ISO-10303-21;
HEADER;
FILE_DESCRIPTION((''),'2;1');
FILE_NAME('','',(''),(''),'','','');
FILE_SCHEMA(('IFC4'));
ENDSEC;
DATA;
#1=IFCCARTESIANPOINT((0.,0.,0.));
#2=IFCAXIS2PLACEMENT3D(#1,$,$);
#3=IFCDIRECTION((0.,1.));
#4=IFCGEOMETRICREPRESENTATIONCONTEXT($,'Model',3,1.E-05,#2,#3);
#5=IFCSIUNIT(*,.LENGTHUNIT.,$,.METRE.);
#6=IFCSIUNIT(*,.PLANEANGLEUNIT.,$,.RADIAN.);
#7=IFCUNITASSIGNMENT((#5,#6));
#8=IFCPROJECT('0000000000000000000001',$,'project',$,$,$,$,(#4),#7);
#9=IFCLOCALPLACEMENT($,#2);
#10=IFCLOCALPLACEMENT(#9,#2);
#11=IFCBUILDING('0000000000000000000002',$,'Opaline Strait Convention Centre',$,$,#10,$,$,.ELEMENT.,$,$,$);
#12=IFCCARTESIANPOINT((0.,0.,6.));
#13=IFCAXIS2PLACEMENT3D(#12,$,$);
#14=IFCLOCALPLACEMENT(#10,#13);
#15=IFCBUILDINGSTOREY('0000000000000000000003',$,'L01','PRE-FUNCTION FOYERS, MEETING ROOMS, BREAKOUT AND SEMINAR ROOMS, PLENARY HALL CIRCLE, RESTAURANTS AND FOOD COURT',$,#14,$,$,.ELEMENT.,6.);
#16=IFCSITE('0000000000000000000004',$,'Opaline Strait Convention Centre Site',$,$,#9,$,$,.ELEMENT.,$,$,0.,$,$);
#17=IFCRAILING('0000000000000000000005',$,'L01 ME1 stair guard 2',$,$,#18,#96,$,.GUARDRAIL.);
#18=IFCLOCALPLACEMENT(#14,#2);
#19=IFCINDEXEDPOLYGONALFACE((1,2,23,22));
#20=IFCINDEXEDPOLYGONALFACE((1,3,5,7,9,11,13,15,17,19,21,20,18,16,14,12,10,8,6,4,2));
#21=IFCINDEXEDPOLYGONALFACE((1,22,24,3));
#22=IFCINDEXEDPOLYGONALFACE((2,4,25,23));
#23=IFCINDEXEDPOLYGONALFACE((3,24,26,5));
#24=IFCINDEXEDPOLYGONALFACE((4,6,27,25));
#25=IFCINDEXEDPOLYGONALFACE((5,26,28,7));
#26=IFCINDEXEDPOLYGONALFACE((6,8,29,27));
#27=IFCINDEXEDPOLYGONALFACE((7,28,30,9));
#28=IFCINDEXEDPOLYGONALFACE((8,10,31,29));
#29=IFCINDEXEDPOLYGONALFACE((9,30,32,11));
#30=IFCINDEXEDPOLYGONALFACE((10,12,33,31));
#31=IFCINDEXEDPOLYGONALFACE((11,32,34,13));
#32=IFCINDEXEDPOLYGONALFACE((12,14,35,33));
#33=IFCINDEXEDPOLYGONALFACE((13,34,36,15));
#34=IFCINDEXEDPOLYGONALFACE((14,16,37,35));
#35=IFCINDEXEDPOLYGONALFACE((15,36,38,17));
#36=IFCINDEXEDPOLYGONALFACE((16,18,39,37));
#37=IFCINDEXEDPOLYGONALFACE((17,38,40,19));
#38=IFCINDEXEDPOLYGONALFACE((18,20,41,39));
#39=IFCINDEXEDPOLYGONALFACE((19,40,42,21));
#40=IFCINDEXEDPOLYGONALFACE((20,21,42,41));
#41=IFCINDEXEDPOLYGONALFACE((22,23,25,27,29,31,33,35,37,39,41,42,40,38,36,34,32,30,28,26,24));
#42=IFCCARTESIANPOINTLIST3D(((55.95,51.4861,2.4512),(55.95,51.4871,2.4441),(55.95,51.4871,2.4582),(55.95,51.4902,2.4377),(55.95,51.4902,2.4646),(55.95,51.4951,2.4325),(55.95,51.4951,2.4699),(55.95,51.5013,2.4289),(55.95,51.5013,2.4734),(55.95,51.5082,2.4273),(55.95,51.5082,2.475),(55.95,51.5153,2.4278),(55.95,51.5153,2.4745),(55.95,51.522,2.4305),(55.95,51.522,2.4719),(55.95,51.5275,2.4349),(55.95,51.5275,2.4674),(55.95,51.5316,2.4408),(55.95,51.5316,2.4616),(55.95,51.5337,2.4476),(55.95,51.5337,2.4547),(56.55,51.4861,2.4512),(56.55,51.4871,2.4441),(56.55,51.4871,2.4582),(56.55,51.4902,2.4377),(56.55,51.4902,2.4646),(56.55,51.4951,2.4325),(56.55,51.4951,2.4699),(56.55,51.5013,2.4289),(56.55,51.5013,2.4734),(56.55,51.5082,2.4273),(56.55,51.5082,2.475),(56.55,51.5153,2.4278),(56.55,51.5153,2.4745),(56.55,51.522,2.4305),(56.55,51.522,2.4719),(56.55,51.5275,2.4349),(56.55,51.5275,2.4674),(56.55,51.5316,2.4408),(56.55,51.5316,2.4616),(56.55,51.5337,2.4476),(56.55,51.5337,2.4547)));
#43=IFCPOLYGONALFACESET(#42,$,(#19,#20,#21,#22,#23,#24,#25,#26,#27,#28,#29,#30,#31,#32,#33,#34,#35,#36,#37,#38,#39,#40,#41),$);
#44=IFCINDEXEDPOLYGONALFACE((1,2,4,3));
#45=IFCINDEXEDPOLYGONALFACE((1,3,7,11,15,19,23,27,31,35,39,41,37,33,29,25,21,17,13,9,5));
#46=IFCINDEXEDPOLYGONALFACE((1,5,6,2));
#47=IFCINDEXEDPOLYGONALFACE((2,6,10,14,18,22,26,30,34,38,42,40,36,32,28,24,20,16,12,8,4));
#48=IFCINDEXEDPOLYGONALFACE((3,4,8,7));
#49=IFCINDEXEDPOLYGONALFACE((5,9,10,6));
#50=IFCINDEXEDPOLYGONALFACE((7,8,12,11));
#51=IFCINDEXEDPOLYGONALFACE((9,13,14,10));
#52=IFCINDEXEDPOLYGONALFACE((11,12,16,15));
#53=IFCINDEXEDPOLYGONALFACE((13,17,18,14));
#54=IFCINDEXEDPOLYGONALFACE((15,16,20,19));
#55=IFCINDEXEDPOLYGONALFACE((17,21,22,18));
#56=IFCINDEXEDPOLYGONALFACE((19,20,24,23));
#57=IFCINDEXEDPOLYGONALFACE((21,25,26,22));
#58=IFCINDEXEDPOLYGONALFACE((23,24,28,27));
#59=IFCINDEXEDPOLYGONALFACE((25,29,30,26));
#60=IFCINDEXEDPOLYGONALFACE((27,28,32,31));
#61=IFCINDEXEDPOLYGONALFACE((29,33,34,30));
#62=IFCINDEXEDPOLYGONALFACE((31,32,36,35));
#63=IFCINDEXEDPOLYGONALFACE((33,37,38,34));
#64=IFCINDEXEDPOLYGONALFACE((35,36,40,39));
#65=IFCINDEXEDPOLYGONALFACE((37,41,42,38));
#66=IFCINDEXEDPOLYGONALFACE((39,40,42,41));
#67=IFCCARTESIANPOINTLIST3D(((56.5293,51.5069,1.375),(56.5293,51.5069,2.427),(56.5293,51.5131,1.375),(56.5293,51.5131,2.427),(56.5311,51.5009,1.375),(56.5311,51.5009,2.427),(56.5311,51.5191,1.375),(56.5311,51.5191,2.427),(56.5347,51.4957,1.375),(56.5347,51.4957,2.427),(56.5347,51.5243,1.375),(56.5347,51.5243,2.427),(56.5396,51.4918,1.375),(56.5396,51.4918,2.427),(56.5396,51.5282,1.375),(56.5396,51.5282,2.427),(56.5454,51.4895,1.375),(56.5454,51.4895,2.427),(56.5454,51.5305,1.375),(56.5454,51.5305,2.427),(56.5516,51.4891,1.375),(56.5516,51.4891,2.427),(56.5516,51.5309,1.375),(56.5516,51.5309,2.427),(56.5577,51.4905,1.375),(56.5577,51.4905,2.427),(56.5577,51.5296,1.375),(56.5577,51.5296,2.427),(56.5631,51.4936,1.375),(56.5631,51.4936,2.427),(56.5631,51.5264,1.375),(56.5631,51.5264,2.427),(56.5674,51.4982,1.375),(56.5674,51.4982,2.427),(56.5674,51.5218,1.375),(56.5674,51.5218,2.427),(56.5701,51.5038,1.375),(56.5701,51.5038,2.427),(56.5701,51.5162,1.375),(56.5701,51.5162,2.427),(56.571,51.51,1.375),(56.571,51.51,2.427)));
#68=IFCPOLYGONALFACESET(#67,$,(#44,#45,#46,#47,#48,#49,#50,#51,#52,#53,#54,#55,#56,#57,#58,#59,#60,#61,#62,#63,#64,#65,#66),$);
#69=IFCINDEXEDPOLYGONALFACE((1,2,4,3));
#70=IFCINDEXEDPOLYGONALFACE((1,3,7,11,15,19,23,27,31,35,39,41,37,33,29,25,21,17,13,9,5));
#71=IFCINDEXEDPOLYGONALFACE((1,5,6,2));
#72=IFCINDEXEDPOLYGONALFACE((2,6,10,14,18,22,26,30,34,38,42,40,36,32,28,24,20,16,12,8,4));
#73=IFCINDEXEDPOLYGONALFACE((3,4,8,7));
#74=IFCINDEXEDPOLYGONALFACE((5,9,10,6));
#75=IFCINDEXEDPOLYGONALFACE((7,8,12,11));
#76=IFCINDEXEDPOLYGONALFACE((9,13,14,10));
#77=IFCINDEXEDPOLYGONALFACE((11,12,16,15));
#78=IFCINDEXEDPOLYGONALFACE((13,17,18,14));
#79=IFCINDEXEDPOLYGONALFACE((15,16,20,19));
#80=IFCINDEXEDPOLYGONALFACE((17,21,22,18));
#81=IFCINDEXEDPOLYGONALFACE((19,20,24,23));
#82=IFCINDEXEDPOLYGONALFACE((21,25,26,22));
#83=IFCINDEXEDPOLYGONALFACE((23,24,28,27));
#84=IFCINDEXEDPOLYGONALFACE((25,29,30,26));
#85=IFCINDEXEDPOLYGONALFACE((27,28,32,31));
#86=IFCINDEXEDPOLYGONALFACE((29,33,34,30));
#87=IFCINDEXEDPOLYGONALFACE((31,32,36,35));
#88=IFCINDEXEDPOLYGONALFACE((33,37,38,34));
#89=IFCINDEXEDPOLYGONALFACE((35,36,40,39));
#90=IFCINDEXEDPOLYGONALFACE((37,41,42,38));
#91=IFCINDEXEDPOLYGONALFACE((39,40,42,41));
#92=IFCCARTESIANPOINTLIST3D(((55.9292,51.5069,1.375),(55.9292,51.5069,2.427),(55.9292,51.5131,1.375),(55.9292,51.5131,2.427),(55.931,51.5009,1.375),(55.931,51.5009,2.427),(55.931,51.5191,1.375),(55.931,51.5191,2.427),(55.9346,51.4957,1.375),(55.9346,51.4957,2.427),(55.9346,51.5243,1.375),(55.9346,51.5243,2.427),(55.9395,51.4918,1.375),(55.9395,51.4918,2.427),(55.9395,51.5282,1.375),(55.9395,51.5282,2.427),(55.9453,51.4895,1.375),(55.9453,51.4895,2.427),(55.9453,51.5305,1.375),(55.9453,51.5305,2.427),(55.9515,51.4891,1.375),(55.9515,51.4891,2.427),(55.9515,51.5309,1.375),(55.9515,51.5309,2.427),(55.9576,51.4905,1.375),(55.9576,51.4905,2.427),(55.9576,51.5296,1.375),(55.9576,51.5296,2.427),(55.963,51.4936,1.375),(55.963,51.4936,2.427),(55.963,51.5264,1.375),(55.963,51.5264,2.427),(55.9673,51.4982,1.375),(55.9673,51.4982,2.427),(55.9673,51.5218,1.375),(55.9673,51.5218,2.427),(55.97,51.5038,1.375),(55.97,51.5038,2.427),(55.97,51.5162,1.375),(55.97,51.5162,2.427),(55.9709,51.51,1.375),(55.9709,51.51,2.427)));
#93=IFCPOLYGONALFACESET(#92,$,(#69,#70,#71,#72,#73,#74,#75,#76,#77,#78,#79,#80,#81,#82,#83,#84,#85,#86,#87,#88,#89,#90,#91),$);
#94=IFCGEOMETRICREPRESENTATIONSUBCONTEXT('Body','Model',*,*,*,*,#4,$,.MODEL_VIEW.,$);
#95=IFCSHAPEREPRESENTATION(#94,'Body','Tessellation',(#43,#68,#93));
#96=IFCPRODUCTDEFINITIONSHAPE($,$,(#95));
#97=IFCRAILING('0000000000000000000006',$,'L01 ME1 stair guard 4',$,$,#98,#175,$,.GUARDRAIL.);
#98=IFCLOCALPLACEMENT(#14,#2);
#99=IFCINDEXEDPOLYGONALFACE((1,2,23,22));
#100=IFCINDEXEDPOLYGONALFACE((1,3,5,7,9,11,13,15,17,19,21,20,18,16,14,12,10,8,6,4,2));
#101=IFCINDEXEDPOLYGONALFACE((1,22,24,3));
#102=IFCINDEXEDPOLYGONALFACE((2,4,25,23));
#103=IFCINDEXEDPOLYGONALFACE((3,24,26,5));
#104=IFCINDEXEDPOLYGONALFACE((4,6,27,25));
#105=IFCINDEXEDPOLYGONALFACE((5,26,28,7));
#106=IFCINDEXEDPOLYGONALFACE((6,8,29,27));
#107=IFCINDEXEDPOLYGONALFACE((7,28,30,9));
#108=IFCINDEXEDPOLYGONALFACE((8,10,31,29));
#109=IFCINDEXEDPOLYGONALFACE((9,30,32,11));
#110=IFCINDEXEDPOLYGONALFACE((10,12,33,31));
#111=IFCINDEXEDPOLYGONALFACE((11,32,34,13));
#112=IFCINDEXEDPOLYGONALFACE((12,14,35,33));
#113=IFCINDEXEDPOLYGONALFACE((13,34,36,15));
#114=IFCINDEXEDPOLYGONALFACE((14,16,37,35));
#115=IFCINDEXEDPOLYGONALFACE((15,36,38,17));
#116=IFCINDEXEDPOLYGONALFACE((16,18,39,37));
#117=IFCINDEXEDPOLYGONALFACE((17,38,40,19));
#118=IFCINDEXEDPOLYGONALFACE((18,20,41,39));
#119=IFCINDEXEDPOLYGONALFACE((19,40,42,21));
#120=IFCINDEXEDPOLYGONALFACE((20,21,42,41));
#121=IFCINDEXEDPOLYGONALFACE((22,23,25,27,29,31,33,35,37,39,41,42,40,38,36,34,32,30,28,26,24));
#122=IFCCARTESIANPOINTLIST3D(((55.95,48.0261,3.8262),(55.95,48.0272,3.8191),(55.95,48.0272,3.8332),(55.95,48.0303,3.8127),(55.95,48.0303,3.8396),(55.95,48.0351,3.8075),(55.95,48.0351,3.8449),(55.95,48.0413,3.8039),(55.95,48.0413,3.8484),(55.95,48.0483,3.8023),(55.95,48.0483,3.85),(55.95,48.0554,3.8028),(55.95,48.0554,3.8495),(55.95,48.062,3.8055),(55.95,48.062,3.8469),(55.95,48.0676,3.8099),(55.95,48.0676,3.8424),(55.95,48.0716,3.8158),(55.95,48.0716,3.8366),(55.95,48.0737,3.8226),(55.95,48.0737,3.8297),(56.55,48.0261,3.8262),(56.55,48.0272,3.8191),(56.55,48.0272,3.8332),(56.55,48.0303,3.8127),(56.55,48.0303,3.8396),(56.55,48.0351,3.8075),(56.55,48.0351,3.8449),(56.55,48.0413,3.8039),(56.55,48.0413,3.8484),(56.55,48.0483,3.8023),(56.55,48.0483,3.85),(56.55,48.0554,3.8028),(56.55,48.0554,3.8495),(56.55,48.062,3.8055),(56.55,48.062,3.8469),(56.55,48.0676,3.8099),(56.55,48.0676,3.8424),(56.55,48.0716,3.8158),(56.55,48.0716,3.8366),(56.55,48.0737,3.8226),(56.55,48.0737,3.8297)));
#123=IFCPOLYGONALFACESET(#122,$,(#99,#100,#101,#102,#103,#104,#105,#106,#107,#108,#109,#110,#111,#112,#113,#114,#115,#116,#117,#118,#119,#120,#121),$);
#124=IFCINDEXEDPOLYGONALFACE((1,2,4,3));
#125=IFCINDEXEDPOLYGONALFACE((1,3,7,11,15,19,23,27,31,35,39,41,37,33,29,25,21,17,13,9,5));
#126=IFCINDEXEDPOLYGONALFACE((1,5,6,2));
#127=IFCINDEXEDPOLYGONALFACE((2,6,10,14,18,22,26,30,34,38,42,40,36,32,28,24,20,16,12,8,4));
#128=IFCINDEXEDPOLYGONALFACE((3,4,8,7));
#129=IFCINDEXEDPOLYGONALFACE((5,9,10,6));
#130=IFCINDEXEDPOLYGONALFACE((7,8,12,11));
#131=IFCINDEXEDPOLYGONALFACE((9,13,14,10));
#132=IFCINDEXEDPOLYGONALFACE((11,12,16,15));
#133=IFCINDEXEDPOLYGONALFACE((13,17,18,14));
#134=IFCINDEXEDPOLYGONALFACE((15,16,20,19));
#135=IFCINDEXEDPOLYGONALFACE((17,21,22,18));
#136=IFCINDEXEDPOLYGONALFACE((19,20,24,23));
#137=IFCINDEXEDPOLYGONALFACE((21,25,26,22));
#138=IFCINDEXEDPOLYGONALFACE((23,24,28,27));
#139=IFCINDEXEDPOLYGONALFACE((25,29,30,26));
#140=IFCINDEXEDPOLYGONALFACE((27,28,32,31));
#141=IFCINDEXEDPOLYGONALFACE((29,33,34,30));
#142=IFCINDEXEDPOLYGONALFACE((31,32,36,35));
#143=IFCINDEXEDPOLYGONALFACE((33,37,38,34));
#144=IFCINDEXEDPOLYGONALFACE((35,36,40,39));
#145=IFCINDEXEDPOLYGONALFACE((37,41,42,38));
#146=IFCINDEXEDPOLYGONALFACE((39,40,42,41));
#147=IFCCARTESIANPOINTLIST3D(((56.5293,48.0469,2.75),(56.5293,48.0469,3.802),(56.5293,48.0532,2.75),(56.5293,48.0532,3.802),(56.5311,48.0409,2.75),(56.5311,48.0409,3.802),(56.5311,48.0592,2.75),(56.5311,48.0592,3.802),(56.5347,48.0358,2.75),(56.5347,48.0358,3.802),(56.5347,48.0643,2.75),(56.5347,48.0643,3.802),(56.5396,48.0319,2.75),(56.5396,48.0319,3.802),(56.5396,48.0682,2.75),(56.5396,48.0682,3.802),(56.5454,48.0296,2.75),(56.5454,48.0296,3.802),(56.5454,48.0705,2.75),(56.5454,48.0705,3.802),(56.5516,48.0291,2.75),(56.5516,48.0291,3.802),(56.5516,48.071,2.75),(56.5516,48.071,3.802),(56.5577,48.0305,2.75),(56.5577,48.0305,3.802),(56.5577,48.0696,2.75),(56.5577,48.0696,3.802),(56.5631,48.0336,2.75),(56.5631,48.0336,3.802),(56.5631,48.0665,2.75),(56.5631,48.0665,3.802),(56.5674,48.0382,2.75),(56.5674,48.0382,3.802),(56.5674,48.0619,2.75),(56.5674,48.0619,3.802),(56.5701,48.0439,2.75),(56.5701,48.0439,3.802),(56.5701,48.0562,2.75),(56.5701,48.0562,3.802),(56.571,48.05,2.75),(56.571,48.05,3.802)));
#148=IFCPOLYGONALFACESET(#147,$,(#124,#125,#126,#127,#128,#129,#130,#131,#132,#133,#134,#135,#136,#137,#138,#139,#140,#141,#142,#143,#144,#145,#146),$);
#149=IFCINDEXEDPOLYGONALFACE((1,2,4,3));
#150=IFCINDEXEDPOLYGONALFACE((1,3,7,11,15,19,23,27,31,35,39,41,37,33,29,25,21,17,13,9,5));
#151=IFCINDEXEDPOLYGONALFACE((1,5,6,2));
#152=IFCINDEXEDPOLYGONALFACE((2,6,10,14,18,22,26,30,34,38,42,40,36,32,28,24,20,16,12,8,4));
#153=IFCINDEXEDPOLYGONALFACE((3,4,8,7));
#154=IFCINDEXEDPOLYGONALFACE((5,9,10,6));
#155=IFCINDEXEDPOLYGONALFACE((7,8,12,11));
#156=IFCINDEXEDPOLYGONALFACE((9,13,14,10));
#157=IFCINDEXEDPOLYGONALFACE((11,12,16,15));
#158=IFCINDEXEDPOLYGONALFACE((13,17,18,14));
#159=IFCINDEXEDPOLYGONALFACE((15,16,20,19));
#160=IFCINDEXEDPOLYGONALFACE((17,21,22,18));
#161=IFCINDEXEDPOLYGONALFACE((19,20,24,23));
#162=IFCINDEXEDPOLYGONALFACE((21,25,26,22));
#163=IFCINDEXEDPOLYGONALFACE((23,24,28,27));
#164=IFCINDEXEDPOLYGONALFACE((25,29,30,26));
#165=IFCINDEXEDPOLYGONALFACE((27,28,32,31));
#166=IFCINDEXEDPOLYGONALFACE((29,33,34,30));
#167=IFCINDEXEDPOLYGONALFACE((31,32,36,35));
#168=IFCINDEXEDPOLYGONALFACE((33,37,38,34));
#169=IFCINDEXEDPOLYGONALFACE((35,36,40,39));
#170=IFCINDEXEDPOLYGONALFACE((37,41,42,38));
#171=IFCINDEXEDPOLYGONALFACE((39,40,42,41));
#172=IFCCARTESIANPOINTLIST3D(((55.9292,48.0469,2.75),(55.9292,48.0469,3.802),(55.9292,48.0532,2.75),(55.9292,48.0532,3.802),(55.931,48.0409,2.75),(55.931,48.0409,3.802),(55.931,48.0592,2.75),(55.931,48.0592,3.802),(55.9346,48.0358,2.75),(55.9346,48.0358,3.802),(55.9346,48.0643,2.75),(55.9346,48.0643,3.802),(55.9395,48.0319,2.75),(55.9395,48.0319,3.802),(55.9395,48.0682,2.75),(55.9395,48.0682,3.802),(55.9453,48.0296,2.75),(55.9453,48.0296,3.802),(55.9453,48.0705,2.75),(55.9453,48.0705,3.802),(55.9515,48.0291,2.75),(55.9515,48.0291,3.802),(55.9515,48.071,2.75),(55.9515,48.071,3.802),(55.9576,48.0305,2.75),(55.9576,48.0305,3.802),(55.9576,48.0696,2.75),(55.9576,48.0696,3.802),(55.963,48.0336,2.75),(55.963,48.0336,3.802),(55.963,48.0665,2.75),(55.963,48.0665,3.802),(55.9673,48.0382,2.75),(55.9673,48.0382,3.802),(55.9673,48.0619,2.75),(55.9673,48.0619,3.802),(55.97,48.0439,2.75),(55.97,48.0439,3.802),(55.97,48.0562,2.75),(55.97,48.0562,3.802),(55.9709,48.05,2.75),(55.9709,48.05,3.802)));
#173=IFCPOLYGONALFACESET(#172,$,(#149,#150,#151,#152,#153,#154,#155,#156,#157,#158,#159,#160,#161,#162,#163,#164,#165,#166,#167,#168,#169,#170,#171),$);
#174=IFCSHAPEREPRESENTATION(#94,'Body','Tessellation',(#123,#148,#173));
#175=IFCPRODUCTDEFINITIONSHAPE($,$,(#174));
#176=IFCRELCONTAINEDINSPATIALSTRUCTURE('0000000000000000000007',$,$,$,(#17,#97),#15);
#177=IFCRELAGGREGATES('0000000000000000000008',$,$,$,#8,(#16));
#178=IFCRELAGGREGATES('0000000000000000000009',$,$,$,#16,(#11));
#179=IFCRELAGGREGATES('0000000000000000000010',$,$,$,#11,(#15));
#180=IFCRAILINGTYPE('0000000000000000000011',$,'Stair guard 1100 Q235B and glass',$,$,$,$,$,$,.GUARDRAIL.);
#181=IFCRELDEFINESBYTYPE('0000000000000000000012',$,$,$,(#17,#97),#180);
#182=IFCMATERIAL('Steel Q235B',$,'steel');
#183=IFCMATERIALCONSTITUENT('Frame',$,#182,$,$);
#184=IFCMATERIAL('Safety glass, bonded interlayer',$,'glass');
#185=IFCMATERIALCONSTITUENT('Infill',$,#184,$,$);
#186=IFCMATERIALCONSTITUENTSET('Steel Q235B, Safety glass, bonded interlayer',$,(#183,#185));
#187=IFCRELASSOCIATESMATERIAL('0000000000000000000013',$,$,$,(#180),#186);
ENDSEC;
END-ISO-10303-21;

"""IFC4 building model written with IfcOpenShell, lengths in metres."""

from ifc_helpers import new_model, si_unit, direction, frame, origin, origin_2d, place, context, subcontext, project, spatial, circle, extrude, material, constituent, constituent_set, type_object, element, save


model = new_model("IFC4")

# Units and contexts
model_context = context("Model", 3, precision=1e-05, world=origin(), true_north=direction((0.0, 1.0)))
body_context = subcontext(model_context, "Body", "Model", "MODEL_VIEW")
ifc_project = project(units=[si_unit("LENGTHUNIT", "METRE"), si_unit("PLANEANGLEUNIT", "RADIAN")], contexts=[model_context])

# Site, building, storey
site_placement = place(None, origin())
site = spatial("IfcSite", under=ifc_project, at=site_placement, Name="Opaline Strait Convention Centre Site", CompositionType="ELEMENT", RefElevation=0.0)
building_placement = place(site_placement, origin())
building = spatial("IfcBuilding", under=site, at=building_placement, Name="Opaline Strait Convention Centre", CompositionType="ELEMENT")
storey_placement = place(building_placement, frame((0.0, 0.0, 6.0)))
storey = spatial("IfcBuildingStorey", under=building, at=storey_placement, Name="L01", Description="PRE-FUNCTION FOYERS, MEETING ROOMS, BREAKOUT AND SEMINAR ROOMS, PLENARY HALL CIRCLE, RESTAURANTS AND FOOD COURT", CompositionType="ELEMENT", Elevation=6.0)

# Railings
ifc_material_1 = material(Name="Steel Q235B", Category="steel")
ifc_constituent_1 = constituent(ifc_material_1, Name="Frame")
ifc_material_2 = material(Name="Safety glass, bonded interlayer", Category="glass")
ifc_constituent_2 = constituent(ifc_material_2, Name="Infill")
ifc_constituent_set = constituent_set(constituents=[ifc_constituent_1, ifc_constituent_2], Name="Steel Q235B, Safety glass, bonded interlayer")
railing_type_1 = type_object("IfcRailingType", Name="Stair guard 1100 Q235B and glass", PredefinedType="GUARDRAIL", material=ifc_constituent_set)
for number, where, name in (
    (1, (56.55, 51.51, 1.375), "L01 ME1 stair guard 2"),
    (2, (56.55, 48.05, 2.75), "L01 ME1 stair guard 4"),
):
    element("IfcRailing", number, at=place(storey_placement, frame(where)), inside=storey, type_object=railing_type_1, Name=name, PredefinedType="GUARDRAIL", context=body_context, shape_type="SweptSolid", body=[
        extrude(circle(Radius=0.0239, at=origin_2d()), frame((0.0, 0.0, 1.0762), z_axis=(-1.0, 0.0, 0.0), x_axis=(0.0, -1.0, 0.0)), (0.0, 0.0, 1.0), 0.6001),
        extrude(circle(Radius=0.021, at=origin_2d()), origin(), (0.0, 0.0, 1.0), 1.052),
        extrude(circle(Radius=0.021, at=origin_2d()), frame((-0.6001, 0.0, 0.0)), (0.0, 0.0, 1.0), 1.052),
    ])

save(model, "model.ifc")
